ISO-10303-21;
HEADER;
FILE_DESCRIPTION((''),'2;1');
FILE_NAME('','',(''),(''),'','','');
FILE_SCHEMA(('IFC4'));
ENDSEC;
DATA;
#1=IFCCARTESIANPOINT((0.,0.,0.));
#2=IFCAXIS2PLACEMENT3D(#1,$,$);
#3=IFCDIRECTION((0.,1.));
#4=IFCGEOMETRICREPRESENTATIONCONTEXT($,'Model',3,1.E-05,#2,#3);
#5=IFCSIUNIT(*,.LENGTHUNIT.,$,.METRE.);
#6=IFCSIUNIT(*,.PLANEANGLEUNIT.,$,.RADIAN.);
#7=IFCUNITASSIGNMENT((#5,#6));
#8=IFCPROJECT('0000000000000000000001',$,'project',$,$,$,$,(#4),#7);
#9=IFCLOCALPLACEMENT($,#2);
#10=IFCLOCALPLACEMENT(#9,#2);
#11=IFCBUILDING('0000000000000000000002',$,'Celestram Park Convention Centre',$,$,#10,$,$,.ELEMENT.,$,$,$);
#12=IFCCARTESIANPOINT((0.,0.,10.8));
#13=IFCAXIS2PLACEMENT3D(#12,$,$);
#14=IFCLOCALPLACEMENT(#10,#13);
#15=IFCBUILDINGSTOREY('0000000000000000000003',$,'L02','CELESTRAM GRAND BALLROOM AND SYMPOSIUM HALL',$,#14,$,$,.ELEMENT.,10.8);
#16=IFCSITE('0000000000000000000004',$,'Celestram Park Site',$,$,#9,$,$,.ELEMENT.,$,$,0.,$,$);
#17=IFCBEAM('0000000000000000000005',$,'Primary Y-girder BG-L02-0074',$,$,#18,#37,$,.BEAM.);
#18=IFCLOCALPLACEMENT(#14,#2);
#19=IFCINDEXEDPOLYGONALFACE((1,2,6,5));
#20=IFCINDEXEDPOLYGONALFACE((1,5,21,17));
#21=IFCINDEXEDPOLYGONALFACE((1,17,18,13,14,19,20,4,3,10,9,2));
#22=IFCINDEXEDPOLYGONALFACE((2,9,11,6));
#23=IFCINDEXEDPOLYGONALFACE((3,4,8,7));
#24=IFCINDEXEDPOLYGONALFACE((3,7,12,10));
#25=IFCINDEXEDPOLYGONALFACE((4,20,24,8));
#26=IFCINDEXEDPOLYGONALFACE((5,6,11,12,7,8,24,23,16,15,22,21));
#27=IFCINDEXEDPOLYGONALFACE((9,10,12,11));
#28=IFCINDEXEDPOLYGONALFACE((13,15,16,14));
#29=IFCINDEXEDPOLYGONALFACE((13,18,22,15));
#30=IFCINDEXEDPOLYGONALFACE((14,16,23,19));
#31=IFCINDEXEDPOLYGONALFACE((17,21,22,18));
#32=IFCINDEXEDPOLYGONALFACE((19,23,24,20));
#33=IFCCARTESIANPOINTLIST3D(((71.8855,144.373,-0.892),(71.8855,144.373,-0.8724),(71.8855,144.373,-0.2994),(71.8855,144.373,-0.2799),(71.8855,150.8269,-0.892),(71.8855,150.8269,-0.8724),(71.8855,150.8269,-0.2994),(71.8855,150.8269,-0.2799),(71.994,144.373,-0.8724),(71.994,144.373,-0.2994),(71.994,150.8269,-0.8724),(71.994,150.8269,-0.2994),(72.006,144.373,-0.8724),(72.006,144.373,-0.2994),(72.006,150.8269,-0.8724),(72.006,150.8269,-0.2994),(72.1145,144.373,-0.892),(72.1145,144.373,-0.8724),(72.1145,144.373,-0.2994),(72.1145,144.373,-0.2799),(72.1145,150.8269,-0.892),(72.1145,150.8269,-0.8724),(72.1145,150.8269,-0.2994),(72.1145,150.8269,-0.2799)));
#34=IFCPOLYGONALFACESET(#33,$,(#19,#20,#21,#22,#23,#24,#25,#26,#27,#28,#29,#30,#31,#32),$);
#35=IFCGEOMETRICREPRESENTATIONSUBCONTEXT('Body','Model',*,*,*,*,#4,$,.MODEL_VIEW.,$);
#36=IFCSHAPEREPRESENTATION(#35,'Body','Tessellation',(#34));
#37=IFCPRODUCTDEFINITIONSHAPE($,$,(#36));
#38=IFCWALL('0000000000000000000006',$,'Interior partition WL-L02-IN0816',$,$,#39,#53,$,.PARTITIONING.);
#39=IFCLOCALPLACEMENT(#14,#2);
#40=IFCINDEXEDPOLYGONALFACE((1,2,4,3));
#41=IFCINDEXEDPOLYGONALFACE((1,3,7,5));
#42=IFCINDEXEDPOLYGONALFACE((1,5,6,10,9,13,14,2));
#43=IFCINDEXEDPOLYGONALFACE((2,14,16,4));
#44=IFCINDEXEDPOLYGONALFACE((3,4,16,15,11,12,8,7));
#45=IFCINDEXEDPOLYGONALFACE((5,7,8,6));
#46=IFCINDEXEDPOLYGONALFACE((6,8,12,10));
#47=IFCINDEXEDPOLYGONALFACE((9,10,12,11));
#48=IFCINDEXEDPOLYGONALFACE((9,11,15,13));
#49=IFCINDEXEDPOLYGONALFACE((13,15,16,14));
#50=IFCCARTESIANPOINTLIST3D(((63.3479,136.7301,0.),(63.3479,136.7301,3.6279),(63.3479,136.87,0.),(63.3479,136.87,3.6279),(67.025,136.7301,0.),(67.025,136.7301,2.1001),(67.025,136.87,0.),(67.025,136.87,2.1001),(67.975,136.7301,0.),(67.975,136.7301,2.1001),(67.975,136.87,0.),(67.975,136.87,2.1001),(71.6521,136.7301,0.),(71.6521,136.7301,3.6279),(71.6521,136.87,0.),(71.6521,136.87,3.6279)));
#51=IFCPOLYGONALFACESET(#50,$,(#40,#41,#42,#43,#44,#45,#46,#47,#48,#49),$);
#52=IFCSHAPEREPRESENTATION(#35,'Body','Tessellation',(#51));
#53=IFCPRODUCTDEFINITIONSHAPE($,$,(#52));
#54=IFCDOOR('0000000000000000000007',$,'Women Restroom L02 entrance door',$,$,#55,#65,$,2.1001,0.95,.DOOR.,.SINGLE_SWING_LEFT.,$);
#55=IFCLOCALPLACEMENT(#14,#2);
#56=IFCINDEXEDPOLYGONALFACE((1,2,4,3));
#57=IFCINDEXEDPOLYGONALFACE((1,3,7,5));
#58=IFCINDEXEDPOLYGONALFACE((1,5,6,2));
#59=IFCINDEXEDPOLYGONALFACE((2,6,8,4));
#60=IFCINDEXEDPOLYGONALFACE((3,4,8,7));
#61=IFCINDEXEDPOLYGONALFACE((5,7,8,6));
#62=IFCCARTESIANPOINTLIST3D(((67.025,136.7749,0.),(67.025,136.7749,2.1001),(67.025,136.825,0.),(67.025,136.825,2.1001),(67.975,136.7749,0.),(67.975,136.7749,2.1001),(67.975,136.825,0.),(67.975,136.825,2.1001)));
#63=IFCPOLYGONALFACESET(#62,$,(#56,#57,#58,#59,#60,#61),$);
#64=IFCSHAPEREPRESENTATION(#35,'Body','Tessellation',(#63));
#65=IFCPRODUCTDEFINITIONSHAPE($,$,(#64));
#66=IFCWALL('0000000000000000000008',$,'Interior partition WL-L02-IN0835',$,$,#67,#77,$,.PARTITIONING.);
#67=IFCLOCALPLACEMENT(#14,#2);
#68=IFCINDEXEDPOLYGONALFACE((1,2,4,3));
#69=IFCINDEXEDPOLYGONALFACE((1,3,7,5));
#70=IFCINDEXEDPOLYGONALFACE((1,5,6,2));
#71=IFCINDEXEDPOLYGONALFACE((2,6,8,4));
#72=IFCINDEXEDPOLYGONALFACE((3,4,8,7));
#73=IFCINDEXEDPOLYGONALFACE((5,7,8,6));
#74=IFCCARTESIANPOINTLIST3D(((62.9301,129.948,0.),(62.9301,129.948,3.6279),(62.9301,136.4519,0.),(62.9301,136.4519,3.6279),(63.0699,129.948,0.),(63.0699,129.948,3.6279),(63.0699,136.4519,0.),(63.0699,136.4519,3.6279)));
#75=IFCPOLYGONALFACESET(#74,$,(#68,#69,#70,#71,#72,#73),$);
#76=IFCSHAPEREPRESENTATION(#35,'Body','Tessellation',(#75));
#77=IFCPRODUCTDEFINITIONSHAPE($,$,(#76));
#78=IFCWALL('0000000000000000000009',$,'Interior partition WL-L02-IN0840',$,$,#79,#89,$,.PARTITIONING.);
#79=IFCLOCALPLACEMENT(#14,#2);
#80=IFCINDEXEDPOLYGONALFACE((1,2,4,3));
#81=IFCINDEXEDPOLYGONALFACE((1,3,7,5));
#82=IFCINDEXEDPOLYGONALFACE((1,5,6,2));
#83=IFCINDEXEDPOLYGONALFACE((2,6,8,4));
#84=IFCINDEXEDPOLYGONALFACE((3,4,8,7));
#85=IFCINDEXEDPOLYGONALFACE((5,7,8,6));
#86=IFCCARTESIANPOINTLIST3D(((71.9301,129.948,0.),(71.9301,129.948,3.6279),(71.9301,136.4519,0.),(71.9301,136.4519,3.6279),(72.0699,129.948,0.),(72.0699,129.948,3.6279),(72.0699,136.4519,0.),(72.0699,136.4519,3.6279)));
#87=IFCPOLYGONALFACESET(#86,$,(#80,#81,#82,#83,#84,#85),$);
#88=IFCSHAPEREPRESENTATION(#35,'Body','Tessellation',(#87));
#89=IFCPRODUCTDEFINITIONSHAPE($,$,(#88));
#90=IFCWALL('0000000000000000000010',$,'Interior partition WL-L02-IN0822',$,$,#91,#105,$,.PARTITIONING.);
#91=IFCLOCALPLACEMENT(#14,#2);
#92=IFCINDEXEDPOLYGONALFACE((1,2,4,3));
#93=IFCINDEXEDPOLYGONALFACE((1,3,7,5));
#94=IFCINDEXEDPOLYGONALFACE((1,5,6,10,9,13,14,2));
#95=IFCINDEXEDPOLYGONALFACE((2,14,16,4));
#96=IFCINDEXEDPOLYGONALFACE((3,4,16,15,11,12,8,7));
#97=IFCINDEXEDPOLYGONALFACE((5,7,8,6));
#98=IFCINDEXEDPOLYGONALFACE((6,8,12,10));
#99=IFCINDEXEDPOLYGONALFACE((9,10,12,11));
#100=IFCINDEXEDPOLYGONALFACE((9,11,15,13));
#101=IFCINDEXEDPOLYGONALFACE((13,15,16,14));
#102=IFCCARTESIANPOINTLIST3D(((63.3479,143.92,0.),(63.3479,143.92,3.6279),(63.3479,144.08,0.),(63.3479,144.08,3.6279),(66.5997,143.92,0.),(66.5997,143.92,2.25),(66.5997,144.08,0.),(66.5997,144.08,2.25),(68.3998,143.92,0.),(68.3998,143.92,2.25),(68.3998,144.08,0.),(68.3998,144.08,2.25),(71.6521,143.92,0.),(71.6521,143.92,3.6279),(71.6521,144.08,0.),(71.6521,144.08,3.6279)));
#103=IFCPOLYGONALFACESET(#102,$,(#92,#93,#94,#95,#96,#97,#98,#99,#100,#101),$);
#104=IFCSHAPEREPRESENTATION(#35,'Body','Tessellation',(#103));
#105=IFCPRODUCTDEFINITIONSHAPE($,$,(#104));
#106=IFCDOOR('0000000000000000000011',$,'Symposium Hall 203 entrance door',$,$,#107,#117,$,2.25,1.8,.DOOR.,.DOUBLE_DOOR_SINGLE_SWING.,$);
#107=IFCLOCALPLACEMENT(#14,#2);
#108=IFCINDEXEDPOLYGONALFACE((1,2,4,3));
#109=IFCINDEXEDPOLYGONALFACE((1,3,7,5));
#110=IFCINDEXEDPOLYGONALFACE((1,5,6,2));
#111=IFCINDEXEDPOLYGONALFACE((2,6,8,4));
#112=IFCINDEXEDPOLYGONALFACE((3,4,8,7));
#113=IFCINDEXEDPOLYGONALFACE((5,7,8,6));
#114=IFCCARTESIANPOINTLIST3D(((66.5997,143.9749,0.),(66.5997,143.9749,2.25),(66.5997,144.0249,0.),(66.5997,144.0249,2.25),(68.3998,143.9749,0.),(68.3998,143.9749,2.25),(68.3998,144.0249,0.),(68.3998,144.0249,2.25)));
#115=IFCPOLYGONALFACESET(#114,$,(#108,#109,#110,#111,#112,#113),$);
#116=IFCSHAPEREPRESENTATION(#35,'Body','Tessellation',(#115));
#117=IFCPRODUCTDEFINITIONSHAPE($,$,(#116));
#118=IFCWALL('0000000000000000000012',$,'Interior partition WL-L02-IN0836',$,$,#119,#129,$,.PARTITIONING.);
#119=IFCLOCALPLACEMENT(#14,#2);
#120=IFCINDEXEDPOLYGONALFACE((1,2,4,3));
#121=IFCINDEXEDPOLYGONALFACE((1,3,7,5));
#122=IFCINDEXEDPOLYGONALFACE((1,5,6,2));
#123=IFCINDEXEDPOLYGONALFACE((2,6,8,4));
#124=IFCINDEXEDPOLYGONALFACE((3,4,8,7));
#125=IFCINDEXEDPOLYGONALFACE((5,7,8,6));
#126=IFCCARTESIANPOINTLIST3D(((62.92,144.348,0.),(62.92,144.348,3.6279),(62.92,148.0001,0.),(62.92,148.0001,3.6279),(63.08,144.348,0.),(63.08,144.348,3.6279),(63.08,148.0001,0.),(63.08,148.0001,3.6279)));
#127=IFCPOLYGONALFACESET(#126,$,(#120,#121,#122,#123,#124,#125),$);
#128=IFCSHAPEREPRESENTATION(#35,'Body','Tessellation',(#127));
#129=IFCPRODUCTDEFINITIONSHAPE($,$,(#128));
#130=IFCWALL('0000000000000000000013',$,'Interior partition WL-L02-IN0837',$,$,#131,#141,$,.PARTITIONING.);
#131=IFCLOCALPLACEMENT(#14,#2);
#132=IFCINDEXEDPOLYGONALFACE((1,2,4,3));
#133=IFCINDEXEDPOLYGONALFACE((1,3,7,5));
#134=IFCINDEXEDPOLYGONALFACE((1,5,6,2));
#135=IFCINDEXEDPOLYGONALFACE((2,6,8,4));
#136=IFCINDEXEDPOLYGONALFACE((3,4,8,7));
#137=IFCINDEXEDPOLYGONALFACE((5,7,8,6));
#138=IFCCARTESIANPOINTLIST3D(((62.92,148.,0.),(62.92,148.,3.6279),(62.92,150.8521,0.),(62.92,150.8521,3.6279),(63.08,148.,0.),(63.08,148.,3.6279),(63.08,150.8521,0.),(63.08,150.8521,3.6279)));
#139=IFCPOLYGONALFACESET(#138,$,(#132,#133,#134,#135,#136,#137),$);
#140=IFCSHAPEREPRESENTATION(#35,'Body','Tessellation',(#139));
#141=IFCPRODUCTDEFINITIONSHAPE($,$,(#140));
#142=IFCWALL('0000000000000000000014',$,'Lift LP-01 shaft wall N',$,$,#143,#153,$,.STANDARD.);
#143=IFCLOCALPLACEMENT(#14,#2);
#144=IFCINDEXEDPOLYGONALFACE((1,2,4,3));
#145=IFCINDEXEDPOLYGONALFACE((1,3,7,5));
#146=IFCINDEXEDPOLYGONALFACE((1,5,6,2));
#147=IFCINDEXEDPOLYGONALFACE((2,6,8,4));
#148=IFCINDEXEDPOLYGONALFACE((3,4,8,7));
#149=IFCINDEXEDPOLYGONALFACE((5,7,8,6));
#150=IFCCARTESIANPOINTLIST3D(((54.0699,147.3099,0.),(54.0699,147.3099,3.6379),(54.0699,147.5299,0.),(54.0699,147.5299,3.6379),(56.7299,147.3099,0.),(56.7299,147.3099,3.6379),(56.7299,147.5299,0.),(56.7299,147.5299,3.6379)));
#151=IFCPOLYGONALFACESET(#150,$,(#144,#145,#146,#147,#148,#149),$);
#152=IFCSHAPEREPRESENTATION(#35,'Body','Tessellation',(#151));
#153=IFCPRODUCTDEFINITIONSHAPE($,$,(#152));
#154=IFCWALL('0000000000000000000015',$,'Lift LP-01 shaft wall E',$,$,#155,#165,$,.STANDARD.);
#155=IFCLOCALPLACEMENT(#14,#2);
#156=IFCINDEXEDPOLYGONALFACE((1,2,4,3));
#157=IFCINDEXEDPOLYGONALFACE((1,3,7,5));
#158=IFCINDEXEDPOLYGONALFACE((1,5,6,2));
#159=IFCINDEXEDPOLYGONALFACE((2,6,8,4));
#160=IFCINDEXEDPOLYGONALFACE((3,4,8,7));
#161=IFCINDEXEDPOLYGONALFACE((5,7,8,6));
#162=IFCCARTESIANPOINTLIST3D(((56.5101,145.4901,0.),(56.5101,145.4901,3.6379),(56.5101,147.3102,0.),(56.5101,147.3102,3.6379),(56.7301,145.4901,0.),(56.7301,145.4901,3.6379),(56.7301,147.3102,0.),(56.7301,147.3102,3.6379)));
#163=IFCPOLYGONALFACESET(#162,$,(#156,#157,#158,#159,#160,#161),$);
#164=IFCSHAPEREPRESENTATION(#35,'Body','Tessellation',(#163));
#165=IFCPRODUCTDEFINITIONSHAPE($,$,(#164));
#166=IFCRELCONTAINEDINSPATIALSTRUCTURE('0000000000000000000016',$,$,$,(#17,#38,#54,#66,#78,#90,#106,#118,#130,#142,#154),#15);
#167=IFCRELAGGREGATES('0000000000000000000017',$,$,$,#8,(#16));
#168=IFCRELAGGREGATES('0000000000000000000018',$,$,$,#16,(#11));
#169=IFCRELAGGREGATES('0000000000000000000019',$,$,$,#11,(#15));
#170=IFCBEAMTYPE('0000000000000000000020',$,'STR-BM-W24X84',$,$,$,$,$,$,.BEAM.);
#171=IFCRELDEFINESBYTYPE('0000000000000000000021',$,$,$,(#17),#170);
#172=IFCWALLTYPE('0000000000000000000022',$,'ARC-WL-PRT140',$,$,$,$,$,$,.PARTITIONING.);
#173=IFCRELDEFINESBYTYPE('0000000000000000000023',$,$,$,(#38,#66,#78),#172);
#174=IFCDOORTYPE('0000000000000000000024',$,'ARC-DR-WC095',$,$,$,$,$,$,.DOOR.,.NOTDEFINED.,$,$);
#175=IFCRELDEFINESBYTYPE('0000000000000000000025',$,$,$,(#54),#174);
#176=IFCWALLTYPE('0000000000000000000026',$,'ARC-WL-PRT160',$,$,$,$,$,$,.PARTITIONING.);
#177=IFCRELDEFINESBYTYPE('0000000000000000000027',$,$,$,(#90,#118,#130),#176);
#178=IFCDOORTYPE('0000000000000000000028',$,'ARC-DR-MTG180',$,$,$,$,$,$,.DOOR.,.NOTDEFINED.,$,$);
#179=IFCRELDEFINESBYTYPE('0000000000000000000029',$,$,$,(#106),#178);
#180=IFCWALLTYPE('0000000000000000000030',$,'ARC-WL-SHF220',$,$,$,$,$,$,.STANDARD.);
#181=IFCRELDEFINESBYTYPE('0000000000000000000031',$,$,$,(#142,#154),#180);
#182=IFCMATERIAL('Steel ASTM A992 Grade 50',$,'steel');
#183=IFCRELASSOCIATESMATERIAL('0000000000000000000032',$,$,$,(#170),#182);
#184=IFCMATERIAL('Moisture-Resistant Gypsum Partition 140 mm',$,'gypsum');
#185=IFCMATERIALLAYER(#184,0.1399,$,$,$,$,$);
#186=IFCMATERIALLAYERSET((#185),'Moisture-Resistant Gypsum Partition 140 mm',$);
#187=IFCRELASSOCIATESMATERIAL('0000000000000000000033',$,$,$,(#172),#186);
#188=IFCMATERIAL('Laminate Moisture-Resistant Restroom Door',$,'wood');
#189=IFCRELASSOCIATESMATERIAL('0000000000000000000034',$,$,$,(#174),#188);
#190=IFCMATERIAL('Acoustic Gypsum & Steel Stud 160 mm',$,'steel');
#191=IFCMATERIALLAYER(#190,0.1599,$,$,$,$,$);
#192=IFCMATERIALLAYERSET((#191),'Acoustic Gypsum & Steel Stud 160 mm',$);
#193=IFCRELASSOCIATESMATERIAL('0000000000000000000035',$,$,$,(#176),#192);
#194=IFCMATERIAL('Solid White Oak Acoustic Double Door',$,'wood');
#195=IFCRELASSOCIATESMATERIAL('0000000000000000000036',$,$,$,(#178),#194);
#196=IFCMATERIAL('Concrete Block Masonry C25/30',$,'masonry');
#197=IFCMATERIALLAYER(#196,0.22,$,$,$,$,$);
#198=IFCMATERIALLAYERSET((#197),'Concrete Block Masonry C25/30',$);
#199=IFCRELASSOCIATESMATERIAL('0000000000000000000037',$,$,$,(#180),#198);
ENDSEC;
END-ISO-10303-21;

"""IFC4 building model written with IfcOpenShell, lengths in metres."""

from ifc_helpers import new_model, si_unit, direction, frame, frame_2d, origin, origin_2d, place, context, subcontext, project, spatial, rectangle, i_section, extrude, material, layer, layer_set, material_profile, profile_set, type_object, element, fill, save


model = new_model("IFC4")

# Units and contexts
model_context = context("Model", 3, precision=1e-05, world=origin(), true_north=direction((0.0, 1.0)))
body_context = subcontext(model_context, "Body", "Model", "MODEL_VIEW")
ifc_project = project(units=[si_unit("LENGTHUNIT", "METRE"), si_unit("PLANEANGLEUNIT", "RADIAN")], contexts=[model_context])

# Site, building, storey
site_placement = place(None, origin())
site = spatial("IfcSite", under=ifc_project, at=site_placement, Name="Celestram Park Site", CompositionType="ELEMENT", RefElevation=0.0)
building_placement = place(site_placement, origin())
building = spatial("IfcBuilding", under=site, at=building_placement, Name="Celestram Park Convention Centre", CompositionType="ELEMENT")
storey_placement = place(building_placement, frame((0.0, 0.0, 10.8)))
storey = spatial("IfcBuildingStorey", under=building, at=storey_placement, Name="L02", Description="CELESTRAM GRAND BALLROOM AND SYMPOSIUM HALL", CompositionType="ELEMENT", Elevation=10.8)

# Beam
ifc_material_1 = material(Name="Steel ASTM A992 Grade 50", Category="steel")
ifc_material_profile_1 = material_profile(ifc_material_1, i_section(OverallWidth=0.229, OverallDepth=0.6121, WebThickness=0.012, FlangeThickness=0.0195, at=origin_2d()), Name="W24X84")
ifc_profile_set_1 = profile_set([ifc_material_profile_1], Name="Steel ASTM A992 Grade 50")
beam_type_1 = type_object("IfcBeamType", Name="STR-BM-W24X84", PredefinedType="BEAM", material=ifc_profile_set_1)
for number, where, z_axis, x_axis, name in (
    (1, (72.0, 144.373, -0.5859), (0.0, 1.0, 0.0), (-1.0, 0.0, 0.0), "Primary Y-girder BG-L02-0074"),
):
    element("IfcBeam", number, at=place(storey_placement, frame(where, z_axis=z_axis, x_axis=x_axis)), inside=storey, type_object=beam_type_1, Name=name, PredefinedType="BEAM", context=body_context, shape_type="SweptSolid", body=[
        extrude(i_section(OverallWidth=0.229, OverallDepth=0.6121, WebThickness=0.012, FlangeThickness=0.0195, at=origin_2d()), origin(), (0.0, 0.0, 1.0), 6.4539),
    ])

# Wall, opening, door
ifc_material_2 = material(Name="Moisture-Resistant Gypsum Partition 140 mm", Category="gypsum")
ifc_layer_1 = layer(ifc_material_2, 0.1399)
ifc_layer_set_1 = layer_set([ifc_layer_1], Name="Moisture-Resistant Gypsum Partition 140 mm")
wall_type_1 = type_object("IfcWallType", Name="ARC-WL-PRT140", PredefinedType="PARTITIONING", material=ifc_layer_set_1)
wall_1_placement = place(storey_placement, frame((63.3479, 136.8, 0.0), z_axis=(0.0, 0.0, 1.0), x_axis=(1.0, 0.0, 0.0)))
wall_1 = element("IfcWall", 2, at=wall_1_placement, inside=storey, type_object=wall_type_1, Name="Interior partition WL-L02-IN0816", PredefinedType="PARTITIONING", context=body_context, shape_type="SweptSolid", body=[
    extrude(rectangle(XDim=8.3042, YDim=0.1399, at=frame_2d((4.1521, 0.0))), origin(), (0.0, 0.0, 1.0), 3.6279),
])
opening_1_placement = place(wall_1_placement, frame((3.677, 0.0, 0.0)))
opening_1 = element("IfcOpeningElement", 3, at=opening_1_placement, cuts=wall_1, PredefinedType="OPENING", context=body_context, shape_type="SweptSolid", body=[
    extrude(rectangle(XDim=0.95, YDim=2.1001, at=frame_2d((0.4751, 1.05))), frame((0.0, 0.0798, 0.0), z_axis=(0.0, -1.0, 0.0), x_axis=(1.0, 0.0, 0.0)), (0.0, 0.0, 1.0), 0.1599),
])
ifc_material_3 = material(Name="Laminate Moisture-Resistant Restroom Door", Category="wood")
door_type_1 = type_object("IfcDoorType", Name="ARC-DR-WC095", OperationType="NOTDEFINED", PredefinedType="DOOR", material=ifc_material_3)
door_1_placement = place(opening_1_placement, origin())
door_1 = element("IfcDoor", 4, at=door_1_placement, inside=storey, type_object=door_type_1, Name="Women Restroom L02 entrance door", OperationType="SINGLE_SWING_LEFT", OverallHeight=2.1001, OverallWidth=0.95, PredefinedType="DOOR", context=body_context, shape_type="SweptSolid", body=[
    extrude(rectangle(XDim=0.95, YDim=2.1001, at=frame_2d((0.4751, 1.05))), frame((0.0, 0.0249, 0.0), z_axis=(0.0, -1.0, 0.0), x_axis=(1.0, 0.0, 0.0)), (0.0, 0.0, 1.0), 0.05),
])
fill(opening_1, door_1)

# Walls
for number, where, z_axis, x_axis, name in (
    (5, (63.0, 129.948, 0.0), (0.0, 0.0, 1.0), (0.0, 1.0, 0.0), "Interior partition WL-L02-IN0835"),
    (6, (72.0, 129.948, 0.0), (0.0, 0.0, 1.0), (0.0, 1.0, 0.0), "Interior partition WL-L02-IN0840"),
):
    element("IfcWall", number, at=place(storey_placement, frame(where, z_axis=z_axis, x_axis=x_axis)), inside=storey, type_object=wall_type_1, Name=name, PredefinedType="PARTITIONING", context=body_context, shape_type="SweptSolid", body=[
        extrude(rectangle(XDim=6.5039, YDim=0.1399, at=frame_2d((3.252, 0.0))), origin(), (0.0, 0.0, 1.0), 3.6279),
    ])

# Wall, opening, door
ifc_material_4 = material(Name="Acoustic Gypsum & Steel Stud 160 mm", Category="steel")
ifc_layer_2 = layer(ifc_material_4, 0.1599)
ifc_layer_set_2 = layer_set([ifc_layer_2], Name="Acoustic Gypsum & Steel Stud 160 mm")
wall_type_2 = type_object("IfcWallType", Name="ARC-WL-PRT160", PredefinedType="PARTITIONING", material=ifc_layer_set_2)
wall_2_placement = place(storey_placement, frame((63.3479, 144.0, 0.0), z_axis=(0.0, 0.0, 1.0), x_axis=(1.0, 0.0, 0.0)))
wall_2 = element("IfcWall", 7, at=wall_2_placement, inside=storey, type_object=wall_type_2, Name="Interior partition WL-L02-IN0822", PredefinedType="PARTITIONING", context=body_context, shape_type="SweptSolid", body=[
    extrude(rectangle(XDim=8.3042, YDim=0.1599, at=frame_2d((4.1521, 0.0))), origin(), (0.0, 0.0, 1.0), 3.6279),
])
opening_2_placement = place(wall_2_placement, frame((3.252, 0.0, 0.0)))
opening_2 = element("IfcOpeningElement", 8, at=opening_2_placement, cuts=wall_2, PredefinedType="OPENING", context=body_context, shape_type="SweptSolid", body=[
    extrude(rectangle(XDim=1.8, YDim=2.25, at=frame_2d((0.8999, 1.125))), frame((0.0, 0.0898, 0.0), z_axis=(0.0, -1.0, 0.0), x_axis=(1.0, 0.0, 0.0)), (0.0, 0.0, 1.0), 0.1799),
])
ifc_material_5 = material(Name="Solid White Oak Acoustic Double Door", Category="wood")
door_type_2 = type_object("IfcDoorType", Name="ARC-DR-MTG180", OperationType="NOTDEFINED", PredefinedType="DOOR", material=ifc_material_5)
door_2_placement = place(opening_2_placement, origin())
door_2 = element("IfcDoor", 9, at=door_2_placement, inside=storey, type_object=door_type_2, Name="Symposium Hall 203 entrance door", OperationType="DOUBLE_DOOR_SINGLE_SWING", OverallHeight=2.25, OverallWidth=1.8, PredefinedType="DOOR", context=body_context, shape_type="SweptSolid", body=[
    extrude(rectangle(XDim=1.8, YDim=2.25, at=frame_2d((0.8999, 1.125))), frame((0.0, 0.0249, 0.0), z_axis=(0.0, -1.0, 0.0), x_axis=(1.0, 0.0, 0.0)), (0.0, 0.0, 1.0), 0.05),
])
fill(opening_2, door_2)

# Walls
wall_3_placement = place(storey_placement, frame((63.0, 144.3479, 0.0), z_axis=(0.0, 0.0, 1.0), x_axis=(0.0, 1.0, 0.0)))
element("IfcWall", 10, at=wall_3_placement, inside=storey, type_object=wall_type_2, Name="Interior partition WL-L02-IN0836", PredefinedType="PARTITIONING", context=body_context, shape_type="SweptSolid", body=[
    extrude(rectangle(XDim=3.6521, YDim=0.1599, at=frame_2d((1.8262, 0.0))), origin(), (0.0, 0.0, 1.0), 3.6279),
])
wall_4_placement = place(storey_placement, frame((63.0, 148.0, 0.0), z_axis=(0.0, 0.0, 1.0), x_axis=(0.0, 1.0, 0.0)))
element("IfcWall", 11, at=wall_4_placement, inside=storey, type_object=wall_type_2, Name="Interior partition WL-L02-IN0837", PredefinedType="PARTITIONING", context=body_context, shape_type="SweptSolid", body=[
    extrude(rectangle(XDim=2.8521, YDim=0.1599, at=frame_2d((1.426, 0.0))), origin(), (0.0, 0.0, 1.0), 3.6279),
])
ifc_material_6 = material(Name="Concrete Block Masonry C25/30", Category="masonry")
ifc_layer_3 = layer(ifc_material_6, 0.22)
ifc_layer_set_3 = layer_set([ifc_layer_3], Name="Concrete Block Masonry C25/30")
wall_type_3 = type_object("IfcWallType", Name="ARC-WL-SHF220", PredefinedType="STANDARD", material=ifc_layer_set_3)
wall_5_placement = place(storey_placement, frame((56.73, 147.4199, 0.0), z_axis=(0.0, 0.0, 1.0), x_axis=(-1.0, 0.0, 0.0)))
element("IfcWall", 12, at=wall_5_placement, inside=storey, type_object=wall_type_3, Name="Lift LP-01 shaft wall N", PredefinedType="STANDARD", context=body_context, shape_type="SweptSolid", body=[
    extrude(rectangle(XDim=2.6599, YDim=0.22, at=frame_2d((1.3301, 0.0))), origin(), (0.0, 0.0, 1.0), 3.6379),
])
wall_6_placement = place(storey_placement, frame((56.6201, 145.49, 0.0), z_axis=(0.0, 0.0, 1.0), x_axis=(0.0, 1.0, 0.0)))
element("IfcWall", 13, at=wall_6_placement, inside=storey, type_object=wall_type_3, Name="Lift LP-01 shaft wall E", PredefinedType="STANDARD", context=body_context, shape_type="SweptSolid", body=[
    extrude(rectangle(XDim=1.8201, YDim=0.22, at=frame_2d((0.9102, 0.0))), origin(), (0.0, 0.0, 1.0), 3.6379),
])

save(model, "model.ifc")
